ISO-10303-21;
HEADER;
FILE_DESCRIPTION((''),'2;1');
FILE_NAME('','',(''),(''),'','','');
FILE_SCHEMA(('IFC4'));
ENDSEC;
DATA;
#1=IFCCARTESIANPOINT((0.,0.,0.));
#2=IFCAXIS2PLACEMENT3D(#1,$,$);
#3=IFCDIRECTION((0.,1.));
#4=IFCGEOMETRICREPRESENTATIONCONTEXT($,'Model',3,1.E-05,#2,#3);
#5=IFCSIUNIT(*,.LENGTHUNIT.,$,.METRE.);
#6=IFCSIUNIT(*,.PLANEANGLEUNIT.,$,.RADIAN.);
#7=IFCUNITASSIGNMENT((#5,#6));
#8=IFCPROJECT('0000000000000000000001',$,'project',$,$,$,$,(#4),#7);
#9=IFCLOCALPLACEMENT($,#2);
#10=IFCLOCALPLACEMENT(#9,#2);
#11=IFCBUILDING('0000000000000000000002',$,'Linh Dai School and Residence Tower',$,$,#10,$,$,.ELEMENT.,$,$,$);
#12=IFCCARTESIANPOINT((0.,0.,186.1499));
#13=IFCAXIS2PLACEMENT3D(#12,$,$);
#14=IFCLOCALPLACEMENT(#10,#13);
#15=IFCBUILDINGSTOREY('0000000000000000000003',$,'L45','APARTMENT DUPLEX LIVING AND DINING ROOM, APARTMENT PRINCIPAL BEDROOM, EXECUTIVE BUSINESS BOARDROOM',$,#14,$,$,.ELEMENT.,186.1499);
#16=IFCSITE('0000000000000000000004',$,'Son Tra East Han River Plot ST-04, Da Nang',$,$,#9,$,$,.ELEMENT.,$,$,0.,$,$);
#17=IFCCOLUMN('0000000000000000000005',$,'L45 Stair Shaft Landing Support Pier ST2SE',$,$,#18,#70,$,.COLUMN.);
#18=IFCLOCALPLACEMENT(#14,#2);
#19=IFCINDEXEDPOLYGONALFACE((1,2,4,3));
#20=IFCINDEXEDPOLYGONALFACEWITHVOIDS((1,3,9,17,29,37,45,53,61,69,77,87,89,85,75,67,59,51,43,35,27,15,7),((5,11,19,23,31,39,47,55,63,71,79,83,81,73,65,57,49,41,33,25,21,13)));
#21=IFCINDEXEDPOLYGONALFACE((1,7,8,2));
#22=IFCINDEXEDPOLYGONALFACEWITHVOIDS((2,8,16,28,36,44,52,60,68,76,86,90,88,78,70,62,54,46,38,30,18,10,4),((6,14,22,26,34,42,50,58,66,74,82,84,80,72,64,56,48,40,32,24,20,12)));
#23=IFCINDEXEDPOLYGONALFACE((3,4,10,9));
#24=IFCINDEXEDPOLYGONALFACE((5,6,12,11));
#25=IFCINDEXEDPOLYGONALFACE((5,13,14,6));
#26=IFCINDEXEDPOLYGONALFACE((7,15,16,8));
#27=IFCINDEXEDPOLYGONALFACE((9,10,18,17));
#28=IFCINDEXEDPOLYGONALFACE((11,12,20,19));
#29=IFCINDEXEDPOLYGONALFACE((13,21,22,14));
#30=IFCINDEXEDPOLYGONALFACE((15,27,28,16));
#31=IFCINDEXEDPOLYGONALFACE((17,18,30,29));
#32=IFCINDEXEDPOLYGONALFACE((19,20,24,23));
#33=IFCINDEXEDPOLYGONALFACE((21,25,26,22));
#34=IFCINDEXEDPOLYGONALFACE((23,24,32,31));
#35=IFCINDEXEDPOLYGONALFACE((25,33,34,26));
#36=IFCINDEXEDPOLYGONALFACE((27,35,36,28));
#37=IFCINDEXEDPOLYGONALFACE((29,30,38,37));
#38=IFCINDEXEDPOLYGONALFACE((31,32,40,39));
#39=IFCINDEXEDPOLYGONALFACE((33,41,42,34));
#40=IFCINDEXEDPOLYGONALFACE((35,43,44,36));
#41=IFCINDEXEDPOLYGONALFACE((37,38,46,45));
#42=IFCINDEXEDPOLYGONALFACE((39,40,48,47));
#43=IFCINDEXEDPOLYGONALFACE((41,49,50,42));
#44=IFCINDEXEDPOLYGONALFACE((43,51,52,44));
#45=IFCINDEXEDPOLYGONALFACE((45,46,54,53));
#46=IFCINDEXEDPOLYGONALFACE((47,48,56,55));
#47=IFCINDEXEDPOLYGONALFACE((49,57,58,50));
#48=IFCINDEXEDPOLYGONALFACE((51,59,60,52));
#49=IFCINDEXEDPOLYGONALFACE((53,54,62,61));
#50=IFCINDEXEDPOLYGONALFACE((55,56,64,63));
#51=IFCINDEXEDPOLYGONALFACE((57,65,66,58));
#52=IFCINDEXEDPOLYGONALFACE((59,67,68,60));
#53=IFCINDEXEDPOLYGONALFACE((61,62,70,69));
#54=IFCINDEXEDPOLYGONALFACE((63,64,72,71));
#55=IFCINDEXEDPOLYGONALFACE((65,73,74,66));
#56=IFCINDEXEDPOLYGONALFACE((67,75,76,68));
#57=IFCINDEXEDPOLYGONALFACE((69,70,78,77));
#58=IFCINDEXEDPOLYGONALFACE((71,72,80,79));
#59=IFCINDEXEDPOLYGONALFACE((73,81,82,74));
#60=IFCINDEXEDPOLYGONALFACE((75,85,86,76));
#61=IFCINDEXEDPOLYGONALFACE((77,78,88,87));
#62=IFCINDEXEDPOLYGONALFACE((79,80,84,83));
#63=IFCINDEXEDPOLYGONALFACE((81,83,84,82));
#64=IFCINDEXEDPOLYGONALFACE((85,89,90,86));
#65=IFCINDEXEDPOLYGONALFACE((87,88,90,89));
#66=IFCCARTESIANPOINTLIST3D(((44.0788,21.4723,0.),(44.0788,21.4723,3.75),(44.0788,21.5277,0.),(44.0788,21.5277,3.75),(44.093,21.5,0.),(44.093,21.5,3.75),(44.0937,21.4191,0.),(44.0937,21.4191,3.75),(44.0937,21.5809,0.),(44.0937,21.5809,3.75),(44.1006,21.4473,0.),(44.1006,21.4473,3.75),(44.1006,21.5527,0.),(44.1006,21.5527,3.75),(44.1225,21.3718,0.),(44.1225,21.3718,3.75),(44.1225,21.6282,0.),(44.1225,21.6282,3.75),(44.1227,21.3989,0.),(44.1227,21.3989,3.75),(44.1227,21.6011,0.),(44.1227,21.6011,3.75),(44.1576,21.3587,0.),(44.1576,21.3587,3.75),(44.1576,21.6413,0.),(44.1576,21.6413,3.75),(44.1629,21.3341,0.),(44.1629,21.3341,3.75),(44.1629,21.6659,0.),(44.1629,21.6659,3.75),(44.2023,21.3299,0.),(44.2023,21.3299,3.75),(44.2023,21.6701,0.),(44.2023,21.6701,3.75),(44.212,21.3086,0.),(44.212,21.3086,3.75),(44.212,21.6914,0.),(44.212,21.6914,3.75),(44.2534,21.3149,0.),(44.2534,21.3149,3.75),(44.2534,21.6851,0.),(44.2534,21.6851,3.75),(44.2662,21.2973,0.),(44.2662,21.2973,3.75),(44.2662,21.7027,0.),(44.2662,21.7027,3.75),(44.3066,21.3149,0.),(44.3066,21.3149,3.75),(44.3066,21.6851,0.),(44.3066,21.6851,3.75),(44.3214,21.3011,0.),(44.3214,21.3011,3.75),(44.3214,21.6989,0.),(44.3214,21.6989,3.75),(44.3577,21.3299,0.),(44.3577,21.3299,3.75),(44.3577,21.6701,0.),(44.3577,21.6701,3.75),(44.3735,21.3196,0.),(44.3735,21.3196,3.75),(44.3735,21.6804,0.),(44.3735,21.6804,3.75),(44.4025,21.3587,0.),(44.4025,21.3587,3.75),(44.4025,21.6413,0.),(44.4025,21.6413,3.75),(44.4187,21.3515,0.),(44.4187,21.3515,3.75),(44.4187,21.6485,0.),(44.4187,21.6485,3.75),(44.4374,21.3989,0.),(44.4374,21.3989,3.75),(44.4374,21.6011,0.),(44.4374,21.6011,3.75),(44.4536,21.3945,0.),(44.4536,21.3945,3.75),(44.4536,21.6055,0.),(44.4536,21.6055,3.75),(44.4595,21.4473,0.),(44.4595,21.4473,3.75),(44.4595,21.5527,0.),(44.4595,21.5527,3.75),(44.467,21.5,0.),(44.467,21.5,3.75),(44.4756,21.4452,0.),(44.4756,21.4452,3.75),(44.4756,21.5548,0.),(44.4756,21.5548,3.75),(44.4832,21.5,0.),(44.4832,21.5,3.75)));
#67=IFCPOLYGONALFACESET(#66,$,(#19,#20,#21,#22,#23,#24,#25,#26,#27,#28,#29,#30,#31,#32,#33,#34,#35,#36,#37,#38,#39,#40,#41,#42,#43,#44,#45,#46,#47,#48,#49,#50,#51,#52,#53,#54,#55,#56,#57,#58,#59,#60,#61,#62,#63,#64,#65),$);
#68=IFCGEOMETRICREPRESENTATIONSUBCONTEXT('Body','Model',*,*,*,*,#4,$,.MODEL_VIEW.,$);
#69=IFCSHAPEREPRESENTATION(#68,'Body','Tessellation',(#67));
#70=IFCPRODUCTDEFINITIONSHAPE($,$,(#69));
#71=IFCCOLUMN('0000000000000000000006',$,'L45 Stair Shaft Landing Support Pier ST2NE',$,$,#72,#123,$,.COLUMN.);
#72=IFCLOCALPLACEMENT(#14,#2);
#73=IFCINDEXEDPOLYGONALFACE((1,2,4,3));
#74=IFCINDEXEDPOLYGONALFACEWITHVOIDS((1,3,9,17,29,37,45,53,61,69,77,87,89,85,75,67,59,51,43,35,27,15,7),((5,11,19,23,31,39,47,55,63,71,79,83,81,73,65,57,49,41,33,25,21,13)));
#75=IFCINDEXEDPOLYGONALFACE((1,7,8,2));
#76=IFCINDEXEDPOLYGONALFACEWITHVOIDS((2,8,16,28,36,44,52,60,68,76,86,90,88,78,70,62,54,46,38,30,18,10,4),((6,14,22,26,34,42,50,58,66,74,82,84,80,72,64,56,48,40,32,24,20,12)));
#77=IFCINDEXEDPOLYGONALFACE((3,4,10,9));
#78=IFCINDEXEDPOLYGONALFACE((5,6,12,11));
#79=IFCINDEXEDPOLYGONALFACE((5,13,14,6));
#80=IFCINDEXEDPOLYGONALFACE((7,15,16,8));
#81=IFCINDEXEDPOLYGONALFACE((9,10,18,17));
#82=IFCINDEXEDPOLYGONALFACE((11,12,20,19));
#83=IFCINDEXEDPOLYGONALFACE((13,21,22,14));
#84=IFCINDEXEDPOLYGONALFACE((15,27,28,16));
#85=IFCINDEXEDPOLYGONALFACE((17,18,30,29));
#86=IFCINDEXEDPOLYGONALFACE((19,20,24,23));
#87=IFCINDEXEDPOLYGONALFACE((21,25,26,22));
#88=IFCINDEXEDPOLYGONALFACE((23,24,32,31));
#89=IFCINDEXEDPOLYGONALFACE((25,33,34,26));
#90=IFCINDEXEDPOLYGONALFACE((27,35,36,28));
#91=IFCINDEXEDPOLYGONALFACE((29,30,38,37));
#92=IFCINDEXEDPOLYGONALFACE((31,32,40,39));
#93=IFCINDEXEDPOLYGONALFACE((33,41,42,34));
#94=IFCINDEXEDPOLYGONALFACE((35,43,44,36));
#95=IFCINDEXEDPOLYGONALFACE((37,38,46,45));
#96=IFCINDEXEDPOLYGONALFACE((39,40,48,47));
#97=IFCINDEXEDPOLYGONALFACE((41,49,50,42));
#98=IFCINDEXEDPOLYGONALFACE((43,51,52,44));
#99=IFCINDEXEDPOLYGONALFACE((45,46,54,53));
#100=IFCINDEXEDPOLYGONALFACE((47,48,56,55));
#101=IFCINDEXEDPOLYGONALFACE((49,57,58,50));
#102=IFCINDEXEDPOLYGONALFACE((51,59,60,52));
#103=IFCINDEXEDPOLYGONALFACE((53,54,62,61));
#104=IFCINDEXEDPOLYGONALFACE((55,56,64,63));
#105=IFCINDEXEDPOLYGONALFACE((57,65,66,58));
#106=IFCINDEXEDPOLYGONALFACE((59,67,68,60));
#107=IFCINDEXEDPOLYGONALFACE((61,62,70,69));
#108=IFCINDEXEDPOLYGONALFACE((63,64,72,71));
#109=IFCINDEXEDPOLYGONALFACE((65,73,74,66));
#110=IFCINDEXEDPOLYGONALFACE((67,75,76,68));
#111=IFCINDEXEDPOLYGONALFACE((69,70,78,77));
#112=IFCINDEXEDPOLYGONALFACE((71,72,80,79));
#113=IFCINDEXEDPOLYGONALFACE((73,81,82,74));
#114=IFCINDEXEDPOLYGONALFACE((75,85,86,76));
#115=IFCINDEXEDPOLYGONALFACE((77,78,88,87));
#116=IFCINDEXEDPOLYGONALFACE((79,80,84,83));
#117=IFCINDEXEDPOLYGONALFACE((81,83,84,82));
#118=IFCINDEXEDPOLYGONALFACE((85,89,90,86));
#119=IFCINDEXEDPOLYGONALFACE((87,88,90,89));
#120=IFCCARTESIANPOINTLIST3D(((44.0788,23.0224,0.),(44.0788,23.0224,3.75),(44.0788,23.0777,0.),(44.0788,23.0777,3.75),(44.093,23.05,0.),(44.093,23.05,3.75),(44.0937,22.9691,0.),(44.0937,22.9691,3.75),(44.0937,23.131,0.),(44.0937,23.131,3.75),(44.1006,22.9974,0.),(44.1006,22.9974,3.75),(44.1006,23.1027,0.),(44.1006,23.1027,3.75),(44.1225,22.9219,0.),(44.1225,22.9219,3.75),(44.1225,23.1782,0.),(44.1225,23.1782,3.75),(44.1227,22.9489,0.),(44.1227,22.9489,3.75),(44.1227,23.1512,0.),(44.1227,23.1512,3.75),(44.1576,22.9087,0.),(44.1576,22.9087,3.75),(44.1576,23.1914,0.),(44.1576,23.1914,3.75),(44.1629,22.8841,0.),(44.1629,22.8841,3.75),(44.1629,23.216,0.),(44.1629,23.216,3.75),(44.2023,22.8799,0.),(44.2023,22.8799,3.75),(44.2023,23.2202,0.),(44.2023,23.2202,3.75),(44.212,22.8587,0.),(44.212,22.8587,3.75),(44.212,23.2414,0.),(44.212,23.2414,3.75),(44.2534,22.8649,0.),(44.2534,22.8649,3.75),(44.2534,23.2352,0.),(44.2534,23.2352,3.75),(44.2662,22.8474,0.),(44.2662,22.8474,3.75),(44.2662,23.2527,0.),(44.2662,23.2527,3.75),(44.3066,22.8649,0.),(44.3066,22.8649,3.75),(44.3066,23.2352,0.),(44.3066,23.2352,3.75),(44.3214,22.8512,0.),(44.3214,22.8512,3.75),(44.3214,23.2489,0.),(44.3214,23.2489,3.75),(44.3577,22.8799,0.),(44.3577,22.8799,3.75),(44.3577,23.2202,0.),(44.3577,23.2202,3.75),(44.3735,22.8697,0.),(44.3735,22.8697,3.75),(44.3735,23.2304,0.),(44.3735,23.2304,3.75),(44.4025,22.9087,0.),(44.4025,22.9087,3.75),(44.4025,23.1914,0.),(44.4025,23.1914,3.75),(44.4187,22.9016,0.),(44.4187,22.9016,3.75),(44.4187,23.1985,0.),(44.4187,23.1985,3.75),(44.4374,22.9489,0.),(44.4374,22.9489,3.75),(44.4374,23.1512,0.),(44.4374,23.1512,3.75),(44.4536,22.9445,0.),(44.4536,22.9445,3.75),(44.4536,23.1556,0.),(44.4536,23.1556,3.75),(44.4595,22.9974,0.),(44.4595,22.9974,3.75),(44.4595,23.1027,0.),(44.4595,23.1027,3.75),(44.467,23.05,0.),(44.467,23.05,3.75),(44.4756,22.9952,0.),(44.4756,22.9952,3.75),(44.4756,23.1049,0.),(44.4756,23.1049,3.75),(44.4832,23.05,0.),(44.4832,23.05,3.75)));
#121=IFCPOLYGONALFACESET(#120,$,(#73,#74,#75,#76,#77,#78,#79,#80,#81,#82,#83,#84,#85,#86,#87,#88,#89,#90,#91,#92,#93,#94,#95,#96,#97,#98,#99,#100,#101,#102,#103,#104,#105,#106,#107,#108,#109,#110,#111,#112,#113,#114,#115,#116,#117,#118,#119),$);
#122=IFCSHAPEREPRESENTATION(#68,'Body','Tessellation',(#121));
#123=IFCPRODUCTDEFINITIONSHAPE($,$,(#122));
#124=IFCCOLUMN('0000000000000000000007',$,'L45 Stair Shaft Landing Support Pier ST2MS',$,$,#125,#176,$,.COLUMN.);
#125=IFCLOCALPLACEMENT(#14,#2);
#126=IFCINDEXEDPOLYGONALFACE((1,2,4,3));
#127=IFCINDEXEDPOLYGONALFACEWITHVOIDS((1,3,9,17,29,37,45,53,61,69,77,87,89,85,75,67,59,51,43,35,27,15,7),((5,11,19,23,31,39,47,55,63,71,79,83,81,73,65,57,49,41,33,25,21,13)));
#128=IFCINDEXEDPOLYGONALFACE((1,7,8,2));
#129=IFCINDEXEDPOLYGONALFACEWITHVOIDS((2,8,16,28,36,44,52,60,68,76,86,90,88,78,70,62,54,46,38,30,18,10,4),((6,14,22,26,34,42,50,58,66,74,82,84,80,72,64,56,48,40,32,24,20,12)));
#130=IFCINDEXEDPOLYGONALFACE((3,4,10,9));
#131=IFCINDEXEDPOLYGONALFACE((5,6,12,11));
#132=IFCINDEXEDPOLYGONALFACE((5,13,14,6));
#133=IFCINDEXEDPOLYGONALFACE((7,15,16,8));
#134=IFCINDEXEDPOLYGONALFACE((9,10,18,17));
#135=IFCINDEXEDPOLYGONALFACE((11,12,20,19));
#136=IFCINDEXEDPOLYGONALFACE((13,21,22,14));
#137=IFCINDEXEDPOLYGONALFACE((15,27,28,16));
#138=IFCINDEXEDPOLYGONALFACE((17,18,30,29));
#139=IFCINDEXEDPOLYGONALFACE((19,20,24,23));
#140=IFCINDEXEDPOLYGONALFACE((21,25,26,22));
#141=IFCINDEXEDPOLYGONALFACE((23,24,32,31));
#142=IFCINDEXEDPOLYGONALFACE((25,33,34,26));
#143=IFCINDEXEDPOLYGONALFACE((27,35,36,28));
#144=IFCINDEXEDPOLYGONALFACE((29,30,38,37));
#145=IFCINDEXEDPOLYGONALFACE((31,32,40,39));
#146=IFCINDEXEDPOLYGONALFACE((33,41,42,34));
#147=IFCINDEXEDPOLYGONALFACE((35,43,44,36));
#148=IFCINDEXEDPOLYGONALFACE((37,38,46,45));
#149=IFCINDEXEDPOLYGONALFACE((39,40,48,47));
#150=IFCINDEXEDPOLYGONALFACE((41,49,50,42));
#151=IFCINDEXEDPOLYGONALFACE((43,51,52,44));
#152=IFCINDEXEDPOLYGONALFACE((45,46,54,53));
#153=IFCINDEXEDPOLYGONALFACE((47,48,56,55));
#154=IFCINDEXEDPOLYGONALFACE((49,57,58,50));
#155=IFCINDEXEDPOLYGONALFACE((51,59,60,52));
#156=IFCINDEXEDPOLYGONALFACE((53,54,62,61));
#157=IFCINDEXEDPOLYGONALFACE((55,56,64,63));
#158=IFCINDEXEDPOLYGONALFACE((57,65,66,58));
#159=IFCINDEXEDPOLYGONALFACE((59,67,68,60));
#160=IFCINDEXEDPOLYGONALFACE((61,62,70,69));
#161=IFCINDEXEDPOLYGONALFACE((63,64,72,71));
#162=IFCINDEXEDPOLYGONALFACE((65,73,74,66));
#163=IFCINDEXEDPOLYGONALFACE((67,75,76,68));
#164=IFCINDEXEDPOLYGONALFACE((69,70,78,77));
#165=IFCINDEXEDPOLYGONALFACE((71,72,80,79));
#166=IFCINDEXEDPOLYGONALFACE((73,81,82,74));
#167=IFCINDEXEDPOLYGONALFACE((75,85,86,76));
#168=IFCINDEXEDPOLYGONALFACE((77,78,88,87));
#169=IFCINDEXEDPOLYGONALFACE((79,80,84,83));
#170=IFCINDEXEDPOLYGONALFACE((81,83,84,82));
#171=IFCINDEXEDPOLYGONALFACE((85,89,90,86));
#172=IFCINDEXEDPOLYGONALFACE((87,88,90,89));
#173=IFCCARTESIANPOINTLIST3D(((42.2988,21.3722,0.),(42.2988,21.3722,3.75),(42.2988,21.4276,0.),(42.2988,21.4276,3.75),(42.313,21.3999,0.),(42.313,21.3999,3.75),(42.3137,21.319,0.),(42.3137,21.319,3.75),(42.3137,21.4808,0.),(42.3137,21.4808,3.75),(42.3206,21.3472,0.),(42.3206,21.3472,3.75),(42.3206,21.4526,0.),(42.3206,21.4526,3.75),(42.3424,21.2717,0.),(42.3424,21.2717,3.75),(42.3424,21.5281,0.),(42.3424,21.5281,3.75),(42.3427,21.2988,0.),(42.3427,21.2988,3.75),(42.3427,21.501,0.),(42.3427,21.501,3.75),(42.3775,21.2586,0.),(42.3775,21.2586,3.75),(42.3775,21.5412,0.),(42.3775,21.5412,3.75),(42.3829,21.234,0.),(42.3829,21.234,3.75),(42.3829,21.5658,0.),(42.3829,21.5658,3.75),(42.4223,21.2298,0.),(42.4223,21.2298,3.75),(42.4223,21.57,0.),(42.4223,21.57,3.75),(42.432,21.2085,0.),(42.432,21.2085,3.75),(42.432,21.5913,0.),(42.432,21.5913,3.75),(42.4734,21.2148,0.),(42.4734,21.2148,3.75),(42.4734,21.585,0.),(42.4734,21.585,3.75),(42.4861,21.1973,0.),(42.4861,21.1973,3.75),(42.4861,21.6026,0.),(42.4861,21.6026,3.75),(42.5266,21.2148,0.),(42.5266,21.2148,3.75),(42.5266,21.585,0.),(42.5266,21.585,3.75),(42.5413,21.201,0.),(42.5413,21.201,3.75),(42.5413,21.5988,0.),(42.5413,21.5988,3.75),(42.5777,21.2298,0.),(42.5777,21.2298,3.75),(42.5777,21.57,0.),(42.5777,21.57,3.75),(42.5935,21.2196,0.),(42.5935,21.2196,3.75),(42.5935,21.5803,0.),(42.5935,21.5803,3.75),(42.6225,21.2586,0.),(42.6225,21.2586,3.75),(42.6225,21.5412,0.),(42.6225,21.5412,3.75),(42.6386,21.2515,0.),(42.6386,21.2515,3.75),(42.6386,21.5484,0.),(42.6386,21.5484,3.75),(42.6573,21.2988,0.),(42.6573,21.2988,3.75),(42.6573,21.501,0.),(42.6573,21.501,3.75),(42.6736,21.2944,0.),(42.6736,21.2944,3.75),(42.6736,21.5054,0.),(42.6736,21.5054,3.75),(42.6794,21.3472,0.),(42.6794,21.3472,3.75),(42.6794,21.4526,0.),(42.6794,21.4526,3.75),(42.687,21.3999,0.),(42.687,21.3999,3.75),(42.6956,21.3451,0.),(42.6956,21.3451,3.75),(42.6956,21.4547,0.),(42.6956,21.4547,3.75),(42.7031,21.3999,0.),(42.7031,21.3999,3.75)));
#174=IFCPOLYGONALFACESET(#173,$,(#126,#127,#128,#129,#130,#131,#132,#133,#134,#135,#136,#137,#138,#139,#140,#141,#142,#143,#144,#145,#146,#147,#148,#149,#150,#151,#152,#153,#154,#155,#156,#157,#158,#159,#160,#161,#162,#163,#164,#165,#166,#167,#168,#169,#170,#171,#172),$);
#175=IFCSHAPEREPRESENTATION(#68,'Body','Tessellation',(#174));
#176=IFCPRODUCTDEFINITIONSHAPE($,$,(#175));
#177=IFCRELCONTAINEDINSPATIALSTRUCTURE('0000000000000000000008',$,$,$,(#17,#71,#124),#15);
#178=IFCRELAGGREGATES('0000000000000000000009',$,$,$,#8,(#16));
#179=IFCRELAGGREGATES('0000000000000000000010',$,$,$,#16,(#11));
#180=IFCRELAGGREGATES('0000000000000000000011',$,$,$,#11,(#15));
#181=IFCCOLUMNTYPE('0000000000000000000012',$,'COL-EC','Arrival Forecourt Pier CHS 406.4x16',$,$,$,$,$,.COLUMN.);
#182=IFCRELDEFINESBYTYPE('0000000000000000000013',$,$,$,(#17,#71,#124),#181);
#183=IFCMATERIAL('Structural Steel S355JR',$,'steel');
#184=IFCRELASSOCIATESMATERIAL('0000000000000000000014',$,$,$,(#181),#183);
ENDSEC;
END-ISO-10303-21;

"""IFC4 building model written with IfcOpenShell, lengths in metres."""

from ifc_helpers import new_model, si_unit, direction, frame, origin, origin_2d, place, context, subcontext, project, spatial, hollow_circle, extrude, material, material_profile, profile_set, type_object, element, save


model = new_model("IFC4")

# Units and contexts
model_context = context("Model", 3, precision=1e-05, world=origin(), true_north=direction((0.0, 1.0)))
body_context = subcontext(model_context, "Body", "Model", "MODEL_VIEW")
ifc_project = project(units=[si_unit("LENGTHUNIT", "METRE"), si_unit("PLANEANGLEUNIT", "RADIAN")], contexts=[model_context])

# Site, building, storey
site_placement = place(None, origin())
site = spatial("IfcSite", under=ifc_project, at=site_placement, Name="Son Tra East Han River Plot ST-04, Da Nang", CompositionType="ELEMENT", RefElevation=0.0)
building_placement = place(site_placement, origin())
building = spatial("IfcBuilding", under=site, at=building_placement, Name="Linh Dai School and Residence Tower", CompositionType="ELEMENT")
storey_placement = place(building_placement, frame((0.0, 0.0, 186.1499)))
storey = spatial("IfcBuildingStorey", under=building, at=storey_placement, Name="L45", Description="APARTMENT DUPLEX LIVING AND DINING ROOM, APARTMENT PRINCIPAL BEDROOM, EXECUTIVE BUSINESS BOARDROOM", CompositionType="ELEMENT", Elevation=186.1499)

# Columns
ifc_material_1 = material(Name="Structural Steel S355JR", Category="steel")
ifc_material_profile_1 = material_profile(ifc_material_1, hollow_circle(Radius=0.2031, WallThickness=0.0161, at=origin_2d()), Name="CHS 406.4x16")
ifc_profile_set_1 = profile_set([ifc_material_profile_1], Name="Structural Steel S355JR")
column_type_1 = type_object("IfcColumnType", Name="COL-EC", Description="Arrival Forecourt Pier CHS 406.4x16", PredefinedType="COLUMN", material=ifc_profile_set_1)
for number, where, z_axis, x_axis, name in (
    (1, (44.28, 21.5, 0.0), (0.0, 0.0, 1.0), (1.0, 0.0, 0.0), "L45 Stair Shaft Landing Support Pier ST2SE"),
    (2, (44.28, 23.05, 0.0), (0.0, 0.0, 1.0), (1.0, 0.0, 0.0), "L45 Stair Shaft Landing Support Pier ST2NE"),
    (3, (42.5, 21.3999, 0.0), (0.0, 0.0, 1.0), (1.0, 0.0, 0.0), "L45 Stair Shaft Landing Support Pier ST2MS"),
):
    element("IfcColumn", number, at=place(storey_placement, frame(where, z_axis=z_axis, x_axis=x_axis)), inside=storey, type_object=column_type_1, Name=name, PredefinedType="COLUMN", context=body_context, shape_type="SweptSolid", body=[
        extrude(hollow_circle(Radius=0.2031, WallThickness=0.0161, at=origin_2d()), origin(), (0.0, 0.0, 1.0), 3.75),
    ])

save(model, "model.ifc")
